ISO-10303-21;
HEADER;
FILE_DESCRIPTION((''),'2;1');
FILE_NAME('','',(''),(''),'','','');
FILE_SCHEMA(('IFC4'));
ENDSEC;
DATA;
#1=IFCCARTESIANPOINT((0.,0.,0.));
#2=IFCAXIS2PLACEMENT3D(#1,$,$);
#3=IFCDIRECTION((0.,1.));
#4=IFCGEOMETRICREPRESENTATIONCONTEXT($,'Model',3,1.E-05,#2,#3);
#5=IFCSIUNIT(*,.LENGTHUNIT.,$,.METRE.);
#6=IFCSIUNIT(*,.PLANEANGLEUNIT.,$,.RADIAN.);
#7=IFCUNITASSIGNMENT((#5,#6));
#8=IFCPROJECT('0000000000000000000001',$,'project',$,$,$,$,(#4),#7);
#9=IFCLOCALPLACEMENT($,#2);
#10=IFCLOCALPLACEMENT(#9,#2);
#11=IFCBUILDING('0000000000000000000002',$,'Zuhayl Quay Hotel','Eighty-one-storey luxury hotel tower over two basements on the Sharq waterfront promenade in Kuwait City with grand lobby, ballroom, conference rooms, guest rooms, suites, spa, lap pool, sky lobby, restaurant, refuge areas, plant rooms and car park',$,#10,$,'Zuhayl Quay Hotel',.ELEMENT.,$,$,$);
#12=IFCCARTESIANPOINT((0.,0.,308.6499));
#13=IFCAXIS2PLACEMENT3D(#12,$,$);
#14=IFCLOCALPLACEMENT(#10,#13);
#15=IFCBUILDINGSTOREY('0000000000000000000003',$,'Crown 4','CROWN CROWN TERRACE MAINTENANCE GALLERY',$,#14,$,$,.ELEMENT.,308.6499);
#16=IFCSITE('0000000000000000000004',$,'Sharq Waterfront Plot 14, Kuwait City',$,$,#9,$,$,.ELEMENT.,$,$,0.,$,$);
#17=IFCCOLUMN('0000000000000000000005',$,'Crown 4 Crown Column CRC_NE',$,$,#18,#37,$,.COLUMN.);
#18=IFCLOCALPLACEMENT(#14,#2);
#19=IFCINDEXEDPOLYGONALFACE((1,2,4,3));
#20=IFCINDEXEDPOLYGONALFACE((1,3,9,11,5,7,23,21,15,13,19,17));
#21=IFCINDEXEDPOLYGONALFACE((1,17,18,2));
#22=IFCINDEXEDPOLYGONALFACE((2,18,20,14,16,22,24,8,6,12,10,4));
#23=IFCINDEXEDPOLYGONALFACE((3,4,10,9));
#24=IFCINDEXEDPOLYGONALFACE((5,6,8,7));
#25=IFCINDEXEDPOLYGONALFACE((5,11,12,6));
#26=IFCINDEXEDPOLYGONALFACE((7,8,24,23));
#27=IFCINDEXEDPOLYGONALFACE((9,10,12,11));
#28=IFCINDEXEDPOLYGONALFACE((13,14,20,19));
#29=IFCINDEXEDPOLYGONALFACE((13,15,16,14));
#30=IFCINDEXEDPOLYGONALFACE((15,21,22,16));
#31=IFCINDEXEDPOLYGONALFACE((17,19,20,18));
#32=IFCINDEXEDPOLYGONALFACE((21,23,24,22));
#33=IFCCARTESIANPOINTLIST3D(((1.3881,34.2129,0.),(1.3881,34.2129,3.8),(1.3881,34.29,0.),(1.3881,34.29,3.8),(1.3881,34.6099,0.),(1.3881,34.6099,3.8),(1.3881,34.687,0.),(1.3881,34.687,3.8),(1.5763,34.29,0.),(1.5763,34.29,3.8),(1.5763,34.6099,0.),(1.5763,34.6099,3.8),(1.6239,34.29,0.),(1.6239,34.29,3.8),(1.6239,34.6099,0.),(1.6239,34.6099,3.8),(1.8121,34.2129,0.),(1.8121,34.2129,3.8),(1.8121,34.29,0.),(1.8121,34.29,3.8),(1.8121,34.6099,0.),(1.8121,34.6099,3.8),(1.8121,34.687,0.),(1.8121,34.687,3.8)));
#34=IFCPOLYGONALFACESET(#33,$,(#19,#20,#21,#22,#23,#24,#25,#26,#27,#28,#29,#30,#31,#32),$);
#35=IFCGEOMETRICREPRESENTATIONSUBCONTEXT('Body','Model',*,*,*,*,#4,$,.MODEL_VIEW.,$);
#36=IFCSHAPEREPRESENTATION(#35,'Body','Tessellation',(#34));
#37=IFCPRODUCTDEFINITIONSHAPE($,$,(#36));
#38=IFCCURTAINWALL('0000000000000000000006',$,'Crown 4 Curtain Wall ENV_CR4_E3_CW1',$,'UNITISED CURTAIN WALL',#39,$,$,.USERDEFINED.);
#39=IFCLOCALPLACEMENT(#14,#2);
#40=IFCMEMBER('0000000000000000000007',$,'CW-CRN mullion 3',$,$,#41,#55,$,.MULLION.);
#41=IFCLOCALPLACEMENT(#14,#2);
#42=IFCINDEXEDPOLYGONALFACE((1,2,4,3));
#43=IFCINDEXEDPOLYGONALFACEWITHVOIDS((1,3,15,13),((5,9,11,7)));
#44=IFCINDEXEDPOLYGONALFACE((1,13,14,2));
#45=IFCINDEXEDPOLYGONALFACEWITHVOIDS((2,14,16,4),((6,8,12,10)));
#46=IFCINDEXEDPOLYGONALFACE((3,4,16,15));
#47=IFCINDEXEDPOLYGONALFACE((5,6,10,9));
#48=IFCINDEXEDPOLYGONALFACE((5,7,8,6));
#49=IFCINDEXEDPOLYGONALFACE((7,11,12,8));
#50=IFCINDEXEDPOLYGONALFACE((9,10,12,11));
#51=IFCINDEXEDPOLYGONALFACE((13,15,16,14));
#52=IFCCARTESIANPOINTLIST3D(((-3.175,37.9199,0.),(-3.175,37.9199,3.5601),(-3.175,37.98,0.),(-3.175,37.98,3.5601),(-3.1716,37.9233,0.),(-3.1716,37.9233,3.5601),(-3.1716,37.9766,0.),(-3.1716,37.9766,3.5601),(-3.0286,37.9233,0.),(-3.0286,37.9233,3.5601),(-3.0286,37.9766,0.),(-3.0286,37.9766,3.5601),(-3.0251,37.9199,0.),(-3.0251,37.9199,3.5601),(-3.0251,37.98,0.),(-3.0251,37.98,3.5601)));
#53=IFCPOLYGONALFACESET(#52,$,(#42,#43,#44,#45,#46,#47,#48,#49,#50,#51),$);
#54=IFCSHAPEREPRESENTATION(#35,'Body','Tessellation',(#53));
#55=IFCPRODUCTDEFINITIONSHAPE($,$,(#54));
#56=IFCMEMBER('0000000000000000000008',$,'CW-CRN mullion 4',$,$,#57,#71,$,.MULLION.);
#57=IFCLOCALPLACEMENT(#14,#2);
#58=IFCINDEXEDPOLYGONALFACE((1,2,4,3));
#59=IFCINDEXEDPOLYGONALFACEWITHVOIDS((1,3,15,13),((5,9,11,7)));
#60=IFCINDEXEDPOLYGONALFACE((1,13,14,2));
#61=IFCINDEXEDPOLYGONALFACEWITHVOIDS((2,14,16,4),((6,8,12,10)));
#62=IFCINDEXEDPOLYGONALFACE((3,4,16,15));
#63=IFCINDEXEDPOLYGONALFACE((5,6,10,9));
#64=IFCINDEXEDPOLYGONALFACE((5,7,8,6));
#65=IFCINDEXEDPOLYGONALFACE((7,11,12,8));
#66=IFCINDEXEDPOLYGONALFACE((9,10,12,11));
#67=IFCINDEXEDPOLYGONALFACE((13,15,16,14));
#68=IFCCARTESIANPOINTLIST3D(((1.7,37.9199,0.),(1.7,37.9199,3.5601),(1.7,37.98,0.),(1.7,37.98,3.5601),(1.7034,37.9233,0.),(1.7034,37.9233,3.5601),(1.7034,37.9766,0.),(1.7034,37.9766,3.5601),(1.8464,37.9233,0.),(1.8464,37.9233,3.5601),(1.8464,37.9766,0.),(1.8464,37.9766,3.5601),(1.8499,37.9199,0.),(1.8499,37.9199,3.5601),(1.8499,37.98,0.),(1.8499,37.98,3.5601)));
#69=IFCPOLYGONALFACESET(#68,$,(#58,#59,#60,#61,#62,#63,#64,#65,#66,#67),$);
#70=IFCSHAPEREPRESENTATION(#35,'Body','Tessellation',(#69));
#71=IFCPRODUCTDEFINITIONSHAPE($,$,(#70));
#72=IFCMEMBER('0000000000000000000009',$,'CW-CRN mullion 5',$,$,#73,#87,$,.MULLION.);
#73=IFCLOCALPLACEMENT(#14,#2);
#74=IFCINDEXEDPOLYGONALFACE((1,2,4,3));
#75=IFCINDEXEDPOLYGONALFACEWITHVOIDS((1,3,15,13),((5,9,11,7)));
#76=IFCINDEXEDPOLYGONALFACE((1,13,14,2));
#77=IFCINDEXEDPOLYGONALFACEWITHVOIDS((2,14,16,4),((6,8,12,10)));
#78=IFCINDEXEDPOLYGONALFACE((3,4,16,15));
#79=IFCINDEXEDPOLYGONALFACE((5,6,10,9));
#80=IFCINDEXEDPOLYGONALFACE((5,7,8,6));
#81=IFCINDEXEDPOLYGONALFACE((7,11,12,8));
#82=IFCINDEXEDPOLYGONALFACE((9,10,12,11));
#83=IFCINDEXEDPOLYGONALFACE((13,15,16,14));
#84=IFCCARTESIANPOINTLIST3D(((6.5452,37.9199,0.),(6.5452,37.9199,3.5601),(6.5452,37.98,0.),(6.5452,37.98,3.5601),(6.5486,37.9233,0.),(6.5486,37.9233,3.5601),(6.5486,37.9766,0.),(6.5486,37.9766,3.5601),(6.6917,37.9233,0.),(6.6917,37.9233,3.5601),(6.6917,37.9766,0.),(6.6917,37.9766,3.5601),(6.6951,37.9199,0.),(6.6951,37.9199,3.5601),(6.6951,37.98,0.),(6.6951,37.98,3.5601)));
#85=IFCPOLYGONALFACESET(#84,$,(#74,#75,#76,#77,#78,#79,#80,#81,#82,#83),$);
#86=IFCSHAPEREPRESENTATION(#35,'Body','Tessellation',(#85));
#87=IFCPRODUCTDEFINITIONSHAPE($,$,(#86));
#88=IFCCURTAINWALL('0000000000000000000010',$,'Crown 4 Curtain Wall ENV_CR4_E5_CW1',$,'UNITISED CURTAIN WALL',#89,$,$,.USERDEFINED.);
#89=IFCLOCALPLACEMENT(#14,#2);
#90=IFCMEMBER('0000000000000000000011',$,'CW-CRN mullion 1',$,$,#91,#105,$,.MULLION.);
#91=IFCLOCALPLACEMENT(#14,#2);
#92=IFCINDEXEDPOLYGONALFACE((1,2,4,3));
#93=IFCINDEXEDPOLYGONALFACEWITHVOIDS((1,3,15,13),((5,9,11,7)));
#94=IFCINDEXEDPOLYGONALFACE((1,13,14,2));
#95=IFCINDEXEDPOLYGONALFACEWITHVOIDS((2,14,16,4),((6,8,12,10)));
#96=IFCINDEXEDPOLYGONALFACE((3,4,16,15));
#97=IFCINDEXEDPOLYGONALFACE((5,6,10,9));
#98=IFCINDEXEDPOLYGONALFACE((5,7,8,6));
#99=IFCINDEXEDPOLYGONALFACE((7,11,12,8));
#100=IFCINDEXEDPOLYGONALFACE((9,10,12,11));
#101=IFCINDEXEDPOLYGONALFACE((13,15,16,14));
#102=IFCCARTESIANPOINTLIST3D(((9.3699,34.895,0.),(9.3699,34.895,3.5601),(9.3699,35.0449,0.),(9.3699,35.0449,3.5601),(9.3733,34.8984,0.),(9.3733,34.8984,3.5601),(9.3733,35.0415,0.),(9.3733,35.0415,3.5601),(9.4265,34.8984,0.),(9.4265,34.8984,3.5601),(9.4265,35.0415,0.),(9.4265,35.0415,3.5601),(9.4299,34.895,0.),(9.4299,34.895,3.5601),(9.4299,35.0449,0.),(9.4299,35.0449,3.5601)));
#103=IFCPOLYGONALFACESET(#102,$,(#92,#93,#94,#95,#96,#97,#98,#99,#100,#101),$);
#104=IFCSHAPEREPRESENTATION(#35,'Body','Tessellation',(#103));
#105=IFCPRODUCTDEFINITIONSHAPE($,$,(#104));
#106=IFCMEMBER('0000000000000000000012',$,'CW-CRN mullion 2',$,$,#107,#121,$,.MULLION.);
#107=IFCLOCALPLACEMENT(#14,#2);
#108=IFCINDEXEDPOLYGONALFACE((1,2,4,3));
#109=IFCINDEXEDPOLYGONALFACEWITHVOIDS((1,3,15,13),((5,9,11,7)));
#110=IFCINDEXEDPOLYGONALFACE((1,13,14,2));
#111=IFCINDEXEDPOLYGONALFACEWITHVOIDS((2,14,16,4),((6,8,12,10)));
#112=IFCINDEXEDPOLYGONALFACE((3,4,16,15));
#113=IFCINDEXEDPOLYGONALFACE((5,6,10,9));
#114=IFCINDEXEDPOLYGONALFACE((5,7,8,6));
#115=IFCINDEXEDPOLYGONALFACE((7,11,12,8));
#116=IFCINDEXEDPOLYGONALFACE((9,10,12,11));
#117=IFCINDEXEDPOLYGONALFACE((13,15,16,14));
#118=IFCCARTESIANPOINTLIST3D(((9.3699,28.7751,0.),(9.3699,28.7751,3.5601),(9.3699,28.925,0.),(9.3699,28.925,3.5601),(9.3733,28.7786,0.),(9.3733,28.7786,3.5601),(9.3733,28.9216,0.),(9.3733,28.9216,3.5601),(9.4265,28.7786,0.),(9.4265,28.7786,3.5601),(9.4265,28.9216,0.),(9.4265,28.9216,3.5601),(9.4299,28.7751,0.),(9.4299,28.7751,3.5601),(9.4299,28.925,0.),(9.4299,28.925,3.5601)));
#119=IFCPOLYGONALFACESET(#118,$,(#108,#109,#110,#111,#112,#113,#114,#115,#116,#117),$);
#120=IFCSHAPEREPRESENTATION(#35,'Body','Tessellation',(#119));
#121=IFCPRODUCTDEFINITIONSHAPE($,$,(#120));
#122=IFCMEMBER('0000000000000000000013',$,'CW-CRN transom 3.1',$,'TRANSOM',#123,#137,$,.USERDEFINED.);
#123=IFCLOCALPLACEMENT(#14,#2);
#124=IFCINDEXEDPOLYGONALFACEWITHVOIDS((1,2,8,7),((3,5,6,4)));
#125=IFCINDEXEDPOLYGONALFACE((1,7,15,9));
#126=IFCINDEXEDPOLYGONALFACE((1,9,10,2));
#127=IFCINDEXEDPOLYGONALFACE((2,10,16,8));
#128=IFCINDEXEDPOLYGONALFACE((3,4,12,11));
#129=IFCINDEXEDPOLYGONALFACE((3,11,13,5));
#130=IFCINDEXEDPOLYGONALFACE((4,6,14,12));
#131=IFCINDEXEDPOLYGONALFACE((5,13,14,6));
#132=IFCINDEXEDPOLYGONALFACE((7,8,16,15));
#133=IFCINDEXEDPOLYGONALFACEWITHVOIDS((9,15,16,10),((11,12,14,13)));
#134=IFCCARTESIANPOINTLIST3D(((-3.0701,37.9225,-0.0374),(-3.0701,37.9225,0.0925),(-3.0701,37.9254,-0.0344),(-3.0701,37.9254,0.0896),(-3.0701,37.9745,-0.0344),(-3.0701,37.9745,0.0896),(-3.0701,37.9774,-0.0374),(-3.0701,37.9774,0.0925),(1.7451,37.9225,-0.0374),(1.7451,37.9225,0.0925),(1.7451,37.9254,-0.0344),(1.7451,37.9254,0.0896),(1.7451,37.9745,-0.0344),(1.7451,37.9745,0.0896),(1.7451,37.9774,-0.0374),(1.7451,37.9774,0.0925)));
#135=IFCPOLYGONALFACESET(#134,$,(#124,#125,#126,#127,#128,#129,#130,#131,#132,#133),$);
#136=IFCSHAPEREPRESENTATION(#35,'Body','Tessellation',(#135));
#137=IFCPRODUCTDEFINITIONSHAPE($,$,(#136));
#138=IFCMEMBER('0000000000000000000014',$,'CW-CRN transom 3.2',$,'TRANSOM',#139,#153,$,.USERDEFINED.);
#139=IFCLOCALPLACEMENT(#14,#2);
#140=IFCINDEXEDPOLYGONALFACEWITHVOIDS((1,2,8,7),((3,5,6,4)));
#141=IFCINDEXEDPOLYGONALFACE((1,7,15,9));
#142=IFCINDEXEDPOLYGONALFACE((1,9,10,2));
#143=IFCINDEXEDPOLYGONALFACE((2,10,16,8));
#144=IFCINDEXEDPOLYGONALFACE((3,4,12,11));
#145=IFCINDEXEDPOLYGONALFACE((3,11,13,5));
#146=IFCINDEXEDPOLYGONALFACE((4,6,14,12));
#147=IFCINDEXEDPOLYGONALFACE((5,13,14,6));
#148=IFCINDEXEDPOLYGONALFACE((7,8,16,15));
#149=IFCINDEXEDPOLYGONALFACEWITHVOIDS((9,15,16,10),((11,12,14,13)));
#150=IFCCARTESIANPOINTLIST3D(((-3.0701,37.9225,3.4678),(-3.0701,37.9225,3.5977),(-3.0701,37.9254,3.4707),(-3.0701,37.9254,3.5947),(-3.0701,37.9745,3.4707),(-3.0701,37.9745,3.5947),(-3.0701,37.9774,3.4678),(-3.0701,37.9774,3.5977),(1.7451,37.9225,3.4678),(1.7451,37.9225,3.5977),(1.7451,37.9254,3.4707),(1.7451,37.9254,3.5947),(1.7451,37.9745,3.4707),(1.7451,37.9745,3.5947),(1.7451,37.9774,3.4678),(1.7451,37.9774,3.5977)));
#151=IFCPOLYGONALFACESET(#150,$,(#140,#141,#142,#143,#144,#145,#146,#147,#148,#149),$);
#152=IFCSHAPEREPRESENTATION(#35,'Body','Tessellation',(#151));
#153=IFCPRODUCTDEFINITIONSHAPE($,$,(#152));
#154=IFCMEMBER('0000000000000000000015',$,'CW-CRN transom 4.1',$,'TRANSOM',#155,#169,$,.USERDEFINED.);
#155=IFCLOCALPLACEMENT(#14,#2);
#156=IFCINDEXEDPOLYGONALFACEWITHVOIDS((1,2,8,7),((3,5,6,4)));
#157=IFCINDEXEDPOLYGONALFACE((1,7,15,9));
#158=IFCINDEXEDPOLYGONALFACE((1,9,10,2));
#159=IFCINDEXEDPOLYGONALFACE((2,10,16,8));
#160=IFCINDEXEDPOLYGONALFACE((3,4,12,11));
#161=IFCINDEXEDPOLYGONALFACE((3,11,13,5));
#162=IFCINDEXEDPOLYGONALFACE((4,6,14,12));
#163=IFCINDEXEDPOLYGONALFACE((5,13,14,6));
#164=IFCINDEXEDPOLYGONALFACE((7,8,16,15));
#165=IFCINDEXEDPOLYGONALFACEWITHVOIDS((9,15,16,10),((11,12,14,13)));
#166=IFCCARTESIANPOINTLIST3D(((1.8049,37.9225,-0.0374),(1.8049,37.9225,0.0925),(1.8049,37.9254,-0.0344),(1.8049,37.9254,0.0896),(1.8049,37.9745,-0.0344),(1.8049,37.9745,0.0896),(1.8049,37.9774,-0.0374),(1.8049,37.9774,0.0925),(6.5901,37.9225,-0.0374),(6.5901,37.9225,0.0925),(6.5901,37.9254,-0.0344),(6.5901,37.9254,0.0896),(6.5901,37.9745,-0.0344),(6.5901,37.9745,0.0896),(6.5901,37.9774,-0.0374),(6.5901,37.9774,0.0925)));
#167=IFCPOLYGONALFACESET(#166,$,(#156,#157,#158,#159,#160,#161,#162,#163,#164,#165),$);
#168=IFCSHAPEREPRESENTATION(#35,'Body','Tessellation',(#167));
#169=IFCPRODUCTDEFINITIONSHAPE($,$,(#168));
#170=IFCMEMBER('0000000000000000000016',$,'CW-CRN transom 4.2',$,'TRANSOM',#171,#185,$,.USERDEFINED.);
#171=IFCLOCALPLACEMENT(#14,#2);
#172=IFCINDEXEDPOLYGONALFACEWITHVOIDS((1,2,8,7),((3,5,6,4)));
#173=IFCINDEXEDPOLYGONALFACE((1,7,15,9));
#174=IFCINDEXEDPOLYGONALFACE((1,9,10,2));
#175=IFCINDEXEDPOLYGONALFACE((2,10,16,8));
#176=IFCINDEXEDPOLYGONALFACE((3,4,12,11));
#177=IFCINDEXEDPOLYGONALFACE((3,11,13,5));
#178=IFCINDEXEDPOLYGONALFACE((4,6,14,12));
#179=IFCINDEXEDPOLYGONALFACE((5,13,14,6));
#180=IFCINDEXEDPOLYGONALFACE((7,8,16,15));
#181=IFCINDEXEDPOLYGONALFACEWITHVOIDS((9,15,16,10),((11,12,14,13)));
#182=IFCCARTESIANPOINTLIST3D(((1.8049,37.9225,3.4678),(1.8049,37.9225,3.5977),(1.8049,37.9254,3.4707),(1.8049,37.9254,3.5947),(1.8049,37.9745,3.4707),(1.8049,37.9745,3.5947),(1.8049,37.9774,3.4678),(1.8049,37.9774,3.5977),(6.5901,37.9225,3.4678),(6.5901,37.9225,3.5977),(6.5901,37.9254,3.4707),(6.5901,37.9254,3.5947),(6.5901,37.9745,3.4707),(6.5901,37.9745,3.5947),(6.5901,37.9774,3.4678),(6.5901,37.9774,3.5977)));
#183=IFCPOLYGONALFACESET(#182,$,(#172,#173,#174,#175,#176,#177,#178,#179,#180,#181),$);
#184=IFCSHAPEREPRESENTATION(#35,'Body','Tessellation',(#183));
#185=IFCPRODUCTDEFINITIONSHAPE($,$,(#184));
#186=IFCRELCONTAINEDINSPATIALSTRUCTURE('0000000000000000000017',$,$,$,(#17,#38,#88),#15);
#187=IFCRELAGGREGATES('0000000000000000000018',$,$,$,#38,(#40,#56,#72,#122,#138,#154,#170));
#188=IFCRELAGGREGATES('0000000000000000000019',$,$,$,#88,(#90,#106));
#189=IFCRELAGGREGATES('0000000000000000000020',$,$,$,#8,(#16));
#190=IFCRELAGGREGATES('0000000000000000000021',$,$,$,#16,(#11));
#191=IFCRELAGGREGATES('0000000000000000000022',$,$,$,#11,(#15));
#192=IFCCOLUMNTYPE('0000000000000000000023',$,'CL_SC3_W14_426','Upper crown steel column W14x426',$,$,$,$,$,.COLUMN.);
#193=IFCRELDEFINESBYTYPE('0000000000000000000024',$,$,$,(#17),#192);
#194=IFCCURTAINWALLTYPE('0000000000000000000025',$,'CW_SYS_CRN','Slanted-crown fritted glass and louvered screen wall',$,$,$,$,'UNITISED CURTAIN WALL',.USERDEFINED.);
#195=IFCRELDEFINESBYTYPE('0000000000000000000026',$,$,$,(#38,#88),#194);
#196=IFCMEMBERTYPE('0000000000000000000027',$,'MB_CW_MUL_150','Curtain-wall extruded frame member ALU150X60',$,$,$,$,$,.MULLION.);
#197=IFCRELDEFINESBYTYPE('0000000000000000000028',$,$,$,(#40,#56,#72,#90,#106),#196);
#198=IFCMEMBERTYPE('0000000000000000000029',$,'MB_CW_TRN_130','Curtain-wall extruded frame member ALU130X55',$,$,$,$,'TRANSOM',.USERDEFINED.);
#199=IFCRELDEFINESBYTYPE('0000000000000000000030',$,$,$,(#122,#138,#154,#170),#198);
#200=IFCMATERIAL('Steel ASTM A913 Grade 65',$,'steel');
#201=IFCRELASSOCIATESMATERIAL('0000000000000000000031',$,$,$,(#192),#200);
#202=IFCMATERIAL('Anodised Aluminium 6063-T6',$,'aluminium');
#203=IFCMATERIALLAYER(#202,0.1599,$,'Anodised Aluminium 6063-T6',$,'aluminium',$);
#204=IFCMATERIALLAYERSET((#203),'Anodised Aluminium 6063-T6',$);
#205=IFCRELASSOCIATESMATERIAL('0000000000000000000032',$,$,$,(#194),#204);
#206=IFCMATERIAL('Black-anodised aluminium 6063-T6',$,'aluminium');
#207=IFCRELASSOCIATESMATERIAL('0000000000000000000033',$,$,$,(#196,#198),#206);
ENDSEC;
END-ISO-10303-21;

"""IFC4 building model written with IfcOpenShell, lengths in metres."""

from ifc_helpers import new_model, si_unit, direction, frame, origin, origin_2d, place, context, subcontext, project, spatial, hollow_rectangle, i_section, extrude, material, layer, layer_set, material_profile, profile_set, type_object, element, aggregate, save


model = new_model("IFC4")

# Units and contexts
model_context = context("Model", 3, precision=1e-05, world=origin(), true_north=direction((0.0, 1.0)))
body_context = subcontext(model_context, "Body", "Model", "MODEL_VIEW")
ifc_project = project(units=[si_unit("LENGTHUNIT", "METRE"), si_unit("PLANEANGLEUNIT", "RADIAN")], contexts=[model_context])

# Site, building, storey
site_placement = place(None, origin())
site = spatial("IfcSite", under=ifc_project, at=site_placement, Name="Sharq Waterfront Plot 14, Kuwait City", CompositionType="ELEMENT", RefElevation=0.0)
building_placement = place(site_placement, origin())
building = spatial("IfcBuilding", under=site, at=building_placement, Name="Zuhayl Quay Hotel", Description="Eighty-one-storey luxury hotel tower over two basements on the Sharq waterfront promenade in Kuwait City with grand lobby, ballroom, conference rooms, guest rooms, suites, spa, lap pool, sky lobby, restaurant, refuge areas, plant rooms and car park", LongName="Zuhayl Quay Hotel", CompositionType="ELEMENT")
storey_placement = place(building_placement, frame((0.0, 0.0, 308.6499)))
storey = spatial("IfcBuildingStorey", under=building, at=storey_placement, Name="Crown 4", Description="CROWN CROWN TERRACE MAINTENANCE GALLERY", CompositionType="ELEMENT", Elevation=308.6499)

# Column
ifc_material_1 = material(Name="Steel ASTM A913 Grade 65", Category="steel")
ifc_material_profile_1 = material_profile(ifc_material_1, i_section(OverallWidth=0.4241, OverallDepth=0.4741, WebThickness=0.0476, FlangeThickness=0.0771, at=origin_2d()), Name="W14X426")
ifc_profile_set_1 = profile_set([ifc_material_profile_1], Name="Steel ASTM A913 Grade 65")
column_type = type_object("IfcColumnType", Name="CL_SC3_W14_426", Description="Upper crown steel column W14x426", PredefinedType="COLUMN", material=ifc_profile_set_1)
column_placement = place(storey_placement, frame((1.6001, 34.45, 0.0), z_axis=(0.0, 0.0, 1.0), x_axis=(1.0, 0.0, 0.0)))
element("IfcColumn", 1, at=column_placement, inside=storey, type_object=column_type, Name="Crown 4 Crown Column CRC_NE", PredefinedType="COLUMN", context=body_context, shape_type="SweptSolid", body=[
    extrude(i_section(OverallWidth=0.4241, OverallDepth=0.4741, WebThickness=0.0476, FlangeThickness=0.0771, at=origin_2d()), origin(), (0.0, 0.0, 1.0), 3.8),
])

# Curtain walls, members
ifc_material_2 = material(Name="Anodised Aluminium 6063-T6", Category="aluminium")
ifc_layer_1 = layer(ifc_material_2, 0.1599, Name="Anodised Aluminium 6063-T6", Category="aluminium")
ifc_layer_set_1 = layer_set([ifc_layer_1], Name="Anodised Aluminium 6063-T6")
curtain_wall_type = type_object("IfcCurtainWallType", Name="CW_SYS_CRN", Description="Slanted-crown fritted glass and louvered screen wall", ElementType="UNITISED CURTAIN WALL", PredefinedType="USERDEFINED", material=ifc_layer_set_1)
curtain_wall_1_placement = place(storey_placement, origin())
curtain_wall_1 = element("IfcCurtainWall", 2, at=curtain_wall_1_placement, inside=storey, type_object=curtain_wall_type, Name="Crown 4 Curtain Wall ENV_CR4_E3_CW1", ObjectType="UNITISED CURTAIN WALL", PredefinedType="USERDEFINED")
ifc_material_3 = material(Name="Black-anodised aluminium 6063-T6", Category="aluminium")
ifc_material_profile_2 = material_profile(ifc_material_3, hollow_rectangle(XDim=0.0601, YDim=0.1499, WallThickness=0.0034, at=origin_2d()), Name="ALU150X60")
ifc_profile_set_2 = profile_set([ifc_material_profile_2], Name="Black-anodised aluminium 6063-T6")
member_type_1 = type_object("IfcMemberType", Name="MB_CW_MUL_150", Description="Curtain-wall extruded frame member ALU150X60", PredefinedType="MULLION", material=ifc_profile_set_2)
member_1_placement = place(storey_placement, frame((-3.1001, 37.95, 0.0), z_axis=(0.0, 0.0, 1.0), x_axis=(0.0, 1.0, 0.0)))
member_1 = element("IfcMember", 3, at=member_1_placement, type_object=member_type_1, Name="CW-CRN mullion 3", PredefinedType="MULLION", context=body_context, shape_type="SweptSolid", body=[
    extrude(hollow_rectangle(XDim=0.0601, YDim=0.1499, WallThickness=0.0034, at=origin_2d()), origin(), (0.0, 0.0, 1.0), 3.5601),
])
member_2_placement = place(storey_placement, frame((1.7749, 37.95, 0.0), z_axis=(0.0, 0.0, 1.0), x_axis=(0.0, 1.0, 0.0)))
member_2 = element("IfcMember", 4, at=member_2_placement, type_object=member_type_1, Name="CW-CRN mullion 4", PredefinedType="MULLION", context=body_context, shape_type="SweptSolid", body=[
    extrude(hollow_rectangle(XDim=0.0601, YDim=0.1499, WallThickness=0.0034, at=origin_2d()), origin(), (0.0, 0.0, 1.0), 3.5601),
])
member_3_placement = place(storey_placement, frame((6.6201, 37.95, 0.0), z_axis=(0.0, 0.0, 1.0), x_axis=(0.0, 1.0, 0.0)))
member_3 = element("IfcMember", 5, at=member_3_placement, type_object=member_type_1, Name="CW-CRN mullion 5", PredefinedType="MULLION", context=body_context, shape_type="SweptSolid", body=[
    extrude(hollow_rectangle(XDim=0.0601, YDim=0.1499, WallThickness=0.0034, at=origin_2d()), origin(), (0.0, 0.0, 1.0), 3.5601),
])
curtain_wall_2_placement = place(storey_placement, origin())
curtain_wall_2 = element("IfcCurtainWall", 6, at=curtain_wall_2_placement, inside=storey, type_object=curtain_wall_type, Name="Crown 4 Curtain Wall ENV_CR4_E5_CW1", ObjectType="UNITISED CURTAIN WALL", PredefinedType="USERDEFINED")
member_4_placement = place(storey_placement, frame((9.3999, 34.97, 0.0), z_axis=(0.0, 0.0, 1.0), x_axis=(1.0, 0.0, 0.0)))
member_4 = element("IfcMember", 7, at=member_4_placement, type_object=member_type_1, Name="CW-CRN mullion 1", PredefinedType="MULLION", context=body_context, shape_type="SweptSolid", body=[
    extrude(hollow_rectangle(XDim=0.0601, YDim=0.1499, WallThickness=0.0034, at=origin_2d()), origin(), (0.0, 0.0, 1.0), 3.5601),
])
member_5_placement = place(storey_placement, frame((9.3999, 28.8501, 0.0), z_axis=(0.0, 0.0, 1.0), x_axis=(1.0, 0.0, 0.0)))
member_5 = element("IfcMember", 8, at=member_5_placement, type_object=member_type_1, Name="CW-CRN mullion 2", PredefinedType="MULLION", context=body_context, shape_type="SweptSolid", body=[
    extrude(hollow_rectangle(XDim=0.0601, YDim=0.1499, WallThickness=0.0034, at=origin_2d()), origin(), (0.0, 0.0, 1.0), 3.5601),
])

# Members
ifc_material_profile_3 = material_profile(ifc_material_3, hollow_rectangle(XDim=0.0549, YDim=0.1299, WallThickness=0.0029, at=origin_2d()), Name="ALU130X55")
ifc_profile_set_3 = profile_set([ifc_material_profile_3], Name="Black-anodised aluminium 6063-T6")
member_type_2 = type_object("IfcMemberType", Name="MB_CW_TRN_130", Description="Curtain-wall extruded frame member ALU130X55", ElementType="TRANSOM", PredefinedType="USERDEFINED", material=ifc_profile_set_3)
member_6_placement = place(storey_placement, frame((-3.0701, 37.95, 0.0276), z_axis=(1.0, 0.0, 0.0), x_axis=(0.0, 1.0, 0.0)))
member_6 = element("IfcMember", 9, at=member_6_placement, type_object=member_type_2, Name="CW-CRN transom 3.1", ObjectType="TRANSOM", PredefinedType="USERDEFINED", context=body_context, shape_type="SweptSolid", body=[
    extrude(hollow_rectangle(XDim=0.0549, YDim=0.1299, WallThickness=0.0029, at=origin_2d()), origin(), (0.0, 0.0, 1.0), 4.8152),
])
member_7_placement = place(storey_placement, frame((-3.0701, 37.95, 3.5327), z_axis=(1.0, 0.0, 0.0), x_axis=(0.0, 1.0, 0.0)))
member_7 = element("IfcMember", 10, at=member_7_placement, type_object=member_type_2, Name="CW-CRN transom 3.2", ObjectType="TRANSOM", PredefinedType="USERDEFINED", context=body_context, shape_type="SweptSolid", body=[
    extrude(hollow_rectangle(XDim=0.0549, YDim=0.1299, WallThickness=0.0029, at=origin_2d()), origin(), (0.0, 0.0, 1.0), 4.8152),
])
member_8_placement = place(storey_placement, frame((1.8049, 37.95, 0.0276), z_axis=(1.0, 0.0, 0.0), x_axis=(0.0, 1.0, 0.0)))
member_8 = element("IfcMember", 11, at=member_8_placement, type_object=member_type_2, Name="CW-CRN transom 4.1", ObjectType="TRANSOM", PredefinedType="USERDEFINED", context=body_context, shape_type="SweptSolid", body=[
    extrude(hollow_rectangle(XDim=0.0549, YDim=0.1299, WallThickness=0.0029, at=origin_2d()), origin(), (0.0, 0.0, 1.0), 4.7852),
])
member_9_placement = place(storey_placement, frame((1.8049, 37.95, 3.5327), z_axis=(1.0, 0.0, 0.0), x_axis=(0.0, 1.0, 0.0)))
member_9 = element("IfcMember", 12, at=member_9_placement, type_object=member_type_2, Name="CW-CRN transom 4.2", ObjectType="TRANSOM", PredefinedType="USERDEFINED", context=body_context, shape_type="SweptSolid", body=[
    extrude(hollow_rectangle(XDim=0.0549, YDim=0.1299, WallThickness=0.0029, at=origin_2d()), origin(), (0.0, 0.0, 1.0), 4.7852),
])

aggregate(curtain_wall_1, [member_1, member_2, member_3, member_6, member_7, member_8, member_9])
aggregate(curtain_wall_2, [member_4, member_5])

save(model, "model.ifc")
